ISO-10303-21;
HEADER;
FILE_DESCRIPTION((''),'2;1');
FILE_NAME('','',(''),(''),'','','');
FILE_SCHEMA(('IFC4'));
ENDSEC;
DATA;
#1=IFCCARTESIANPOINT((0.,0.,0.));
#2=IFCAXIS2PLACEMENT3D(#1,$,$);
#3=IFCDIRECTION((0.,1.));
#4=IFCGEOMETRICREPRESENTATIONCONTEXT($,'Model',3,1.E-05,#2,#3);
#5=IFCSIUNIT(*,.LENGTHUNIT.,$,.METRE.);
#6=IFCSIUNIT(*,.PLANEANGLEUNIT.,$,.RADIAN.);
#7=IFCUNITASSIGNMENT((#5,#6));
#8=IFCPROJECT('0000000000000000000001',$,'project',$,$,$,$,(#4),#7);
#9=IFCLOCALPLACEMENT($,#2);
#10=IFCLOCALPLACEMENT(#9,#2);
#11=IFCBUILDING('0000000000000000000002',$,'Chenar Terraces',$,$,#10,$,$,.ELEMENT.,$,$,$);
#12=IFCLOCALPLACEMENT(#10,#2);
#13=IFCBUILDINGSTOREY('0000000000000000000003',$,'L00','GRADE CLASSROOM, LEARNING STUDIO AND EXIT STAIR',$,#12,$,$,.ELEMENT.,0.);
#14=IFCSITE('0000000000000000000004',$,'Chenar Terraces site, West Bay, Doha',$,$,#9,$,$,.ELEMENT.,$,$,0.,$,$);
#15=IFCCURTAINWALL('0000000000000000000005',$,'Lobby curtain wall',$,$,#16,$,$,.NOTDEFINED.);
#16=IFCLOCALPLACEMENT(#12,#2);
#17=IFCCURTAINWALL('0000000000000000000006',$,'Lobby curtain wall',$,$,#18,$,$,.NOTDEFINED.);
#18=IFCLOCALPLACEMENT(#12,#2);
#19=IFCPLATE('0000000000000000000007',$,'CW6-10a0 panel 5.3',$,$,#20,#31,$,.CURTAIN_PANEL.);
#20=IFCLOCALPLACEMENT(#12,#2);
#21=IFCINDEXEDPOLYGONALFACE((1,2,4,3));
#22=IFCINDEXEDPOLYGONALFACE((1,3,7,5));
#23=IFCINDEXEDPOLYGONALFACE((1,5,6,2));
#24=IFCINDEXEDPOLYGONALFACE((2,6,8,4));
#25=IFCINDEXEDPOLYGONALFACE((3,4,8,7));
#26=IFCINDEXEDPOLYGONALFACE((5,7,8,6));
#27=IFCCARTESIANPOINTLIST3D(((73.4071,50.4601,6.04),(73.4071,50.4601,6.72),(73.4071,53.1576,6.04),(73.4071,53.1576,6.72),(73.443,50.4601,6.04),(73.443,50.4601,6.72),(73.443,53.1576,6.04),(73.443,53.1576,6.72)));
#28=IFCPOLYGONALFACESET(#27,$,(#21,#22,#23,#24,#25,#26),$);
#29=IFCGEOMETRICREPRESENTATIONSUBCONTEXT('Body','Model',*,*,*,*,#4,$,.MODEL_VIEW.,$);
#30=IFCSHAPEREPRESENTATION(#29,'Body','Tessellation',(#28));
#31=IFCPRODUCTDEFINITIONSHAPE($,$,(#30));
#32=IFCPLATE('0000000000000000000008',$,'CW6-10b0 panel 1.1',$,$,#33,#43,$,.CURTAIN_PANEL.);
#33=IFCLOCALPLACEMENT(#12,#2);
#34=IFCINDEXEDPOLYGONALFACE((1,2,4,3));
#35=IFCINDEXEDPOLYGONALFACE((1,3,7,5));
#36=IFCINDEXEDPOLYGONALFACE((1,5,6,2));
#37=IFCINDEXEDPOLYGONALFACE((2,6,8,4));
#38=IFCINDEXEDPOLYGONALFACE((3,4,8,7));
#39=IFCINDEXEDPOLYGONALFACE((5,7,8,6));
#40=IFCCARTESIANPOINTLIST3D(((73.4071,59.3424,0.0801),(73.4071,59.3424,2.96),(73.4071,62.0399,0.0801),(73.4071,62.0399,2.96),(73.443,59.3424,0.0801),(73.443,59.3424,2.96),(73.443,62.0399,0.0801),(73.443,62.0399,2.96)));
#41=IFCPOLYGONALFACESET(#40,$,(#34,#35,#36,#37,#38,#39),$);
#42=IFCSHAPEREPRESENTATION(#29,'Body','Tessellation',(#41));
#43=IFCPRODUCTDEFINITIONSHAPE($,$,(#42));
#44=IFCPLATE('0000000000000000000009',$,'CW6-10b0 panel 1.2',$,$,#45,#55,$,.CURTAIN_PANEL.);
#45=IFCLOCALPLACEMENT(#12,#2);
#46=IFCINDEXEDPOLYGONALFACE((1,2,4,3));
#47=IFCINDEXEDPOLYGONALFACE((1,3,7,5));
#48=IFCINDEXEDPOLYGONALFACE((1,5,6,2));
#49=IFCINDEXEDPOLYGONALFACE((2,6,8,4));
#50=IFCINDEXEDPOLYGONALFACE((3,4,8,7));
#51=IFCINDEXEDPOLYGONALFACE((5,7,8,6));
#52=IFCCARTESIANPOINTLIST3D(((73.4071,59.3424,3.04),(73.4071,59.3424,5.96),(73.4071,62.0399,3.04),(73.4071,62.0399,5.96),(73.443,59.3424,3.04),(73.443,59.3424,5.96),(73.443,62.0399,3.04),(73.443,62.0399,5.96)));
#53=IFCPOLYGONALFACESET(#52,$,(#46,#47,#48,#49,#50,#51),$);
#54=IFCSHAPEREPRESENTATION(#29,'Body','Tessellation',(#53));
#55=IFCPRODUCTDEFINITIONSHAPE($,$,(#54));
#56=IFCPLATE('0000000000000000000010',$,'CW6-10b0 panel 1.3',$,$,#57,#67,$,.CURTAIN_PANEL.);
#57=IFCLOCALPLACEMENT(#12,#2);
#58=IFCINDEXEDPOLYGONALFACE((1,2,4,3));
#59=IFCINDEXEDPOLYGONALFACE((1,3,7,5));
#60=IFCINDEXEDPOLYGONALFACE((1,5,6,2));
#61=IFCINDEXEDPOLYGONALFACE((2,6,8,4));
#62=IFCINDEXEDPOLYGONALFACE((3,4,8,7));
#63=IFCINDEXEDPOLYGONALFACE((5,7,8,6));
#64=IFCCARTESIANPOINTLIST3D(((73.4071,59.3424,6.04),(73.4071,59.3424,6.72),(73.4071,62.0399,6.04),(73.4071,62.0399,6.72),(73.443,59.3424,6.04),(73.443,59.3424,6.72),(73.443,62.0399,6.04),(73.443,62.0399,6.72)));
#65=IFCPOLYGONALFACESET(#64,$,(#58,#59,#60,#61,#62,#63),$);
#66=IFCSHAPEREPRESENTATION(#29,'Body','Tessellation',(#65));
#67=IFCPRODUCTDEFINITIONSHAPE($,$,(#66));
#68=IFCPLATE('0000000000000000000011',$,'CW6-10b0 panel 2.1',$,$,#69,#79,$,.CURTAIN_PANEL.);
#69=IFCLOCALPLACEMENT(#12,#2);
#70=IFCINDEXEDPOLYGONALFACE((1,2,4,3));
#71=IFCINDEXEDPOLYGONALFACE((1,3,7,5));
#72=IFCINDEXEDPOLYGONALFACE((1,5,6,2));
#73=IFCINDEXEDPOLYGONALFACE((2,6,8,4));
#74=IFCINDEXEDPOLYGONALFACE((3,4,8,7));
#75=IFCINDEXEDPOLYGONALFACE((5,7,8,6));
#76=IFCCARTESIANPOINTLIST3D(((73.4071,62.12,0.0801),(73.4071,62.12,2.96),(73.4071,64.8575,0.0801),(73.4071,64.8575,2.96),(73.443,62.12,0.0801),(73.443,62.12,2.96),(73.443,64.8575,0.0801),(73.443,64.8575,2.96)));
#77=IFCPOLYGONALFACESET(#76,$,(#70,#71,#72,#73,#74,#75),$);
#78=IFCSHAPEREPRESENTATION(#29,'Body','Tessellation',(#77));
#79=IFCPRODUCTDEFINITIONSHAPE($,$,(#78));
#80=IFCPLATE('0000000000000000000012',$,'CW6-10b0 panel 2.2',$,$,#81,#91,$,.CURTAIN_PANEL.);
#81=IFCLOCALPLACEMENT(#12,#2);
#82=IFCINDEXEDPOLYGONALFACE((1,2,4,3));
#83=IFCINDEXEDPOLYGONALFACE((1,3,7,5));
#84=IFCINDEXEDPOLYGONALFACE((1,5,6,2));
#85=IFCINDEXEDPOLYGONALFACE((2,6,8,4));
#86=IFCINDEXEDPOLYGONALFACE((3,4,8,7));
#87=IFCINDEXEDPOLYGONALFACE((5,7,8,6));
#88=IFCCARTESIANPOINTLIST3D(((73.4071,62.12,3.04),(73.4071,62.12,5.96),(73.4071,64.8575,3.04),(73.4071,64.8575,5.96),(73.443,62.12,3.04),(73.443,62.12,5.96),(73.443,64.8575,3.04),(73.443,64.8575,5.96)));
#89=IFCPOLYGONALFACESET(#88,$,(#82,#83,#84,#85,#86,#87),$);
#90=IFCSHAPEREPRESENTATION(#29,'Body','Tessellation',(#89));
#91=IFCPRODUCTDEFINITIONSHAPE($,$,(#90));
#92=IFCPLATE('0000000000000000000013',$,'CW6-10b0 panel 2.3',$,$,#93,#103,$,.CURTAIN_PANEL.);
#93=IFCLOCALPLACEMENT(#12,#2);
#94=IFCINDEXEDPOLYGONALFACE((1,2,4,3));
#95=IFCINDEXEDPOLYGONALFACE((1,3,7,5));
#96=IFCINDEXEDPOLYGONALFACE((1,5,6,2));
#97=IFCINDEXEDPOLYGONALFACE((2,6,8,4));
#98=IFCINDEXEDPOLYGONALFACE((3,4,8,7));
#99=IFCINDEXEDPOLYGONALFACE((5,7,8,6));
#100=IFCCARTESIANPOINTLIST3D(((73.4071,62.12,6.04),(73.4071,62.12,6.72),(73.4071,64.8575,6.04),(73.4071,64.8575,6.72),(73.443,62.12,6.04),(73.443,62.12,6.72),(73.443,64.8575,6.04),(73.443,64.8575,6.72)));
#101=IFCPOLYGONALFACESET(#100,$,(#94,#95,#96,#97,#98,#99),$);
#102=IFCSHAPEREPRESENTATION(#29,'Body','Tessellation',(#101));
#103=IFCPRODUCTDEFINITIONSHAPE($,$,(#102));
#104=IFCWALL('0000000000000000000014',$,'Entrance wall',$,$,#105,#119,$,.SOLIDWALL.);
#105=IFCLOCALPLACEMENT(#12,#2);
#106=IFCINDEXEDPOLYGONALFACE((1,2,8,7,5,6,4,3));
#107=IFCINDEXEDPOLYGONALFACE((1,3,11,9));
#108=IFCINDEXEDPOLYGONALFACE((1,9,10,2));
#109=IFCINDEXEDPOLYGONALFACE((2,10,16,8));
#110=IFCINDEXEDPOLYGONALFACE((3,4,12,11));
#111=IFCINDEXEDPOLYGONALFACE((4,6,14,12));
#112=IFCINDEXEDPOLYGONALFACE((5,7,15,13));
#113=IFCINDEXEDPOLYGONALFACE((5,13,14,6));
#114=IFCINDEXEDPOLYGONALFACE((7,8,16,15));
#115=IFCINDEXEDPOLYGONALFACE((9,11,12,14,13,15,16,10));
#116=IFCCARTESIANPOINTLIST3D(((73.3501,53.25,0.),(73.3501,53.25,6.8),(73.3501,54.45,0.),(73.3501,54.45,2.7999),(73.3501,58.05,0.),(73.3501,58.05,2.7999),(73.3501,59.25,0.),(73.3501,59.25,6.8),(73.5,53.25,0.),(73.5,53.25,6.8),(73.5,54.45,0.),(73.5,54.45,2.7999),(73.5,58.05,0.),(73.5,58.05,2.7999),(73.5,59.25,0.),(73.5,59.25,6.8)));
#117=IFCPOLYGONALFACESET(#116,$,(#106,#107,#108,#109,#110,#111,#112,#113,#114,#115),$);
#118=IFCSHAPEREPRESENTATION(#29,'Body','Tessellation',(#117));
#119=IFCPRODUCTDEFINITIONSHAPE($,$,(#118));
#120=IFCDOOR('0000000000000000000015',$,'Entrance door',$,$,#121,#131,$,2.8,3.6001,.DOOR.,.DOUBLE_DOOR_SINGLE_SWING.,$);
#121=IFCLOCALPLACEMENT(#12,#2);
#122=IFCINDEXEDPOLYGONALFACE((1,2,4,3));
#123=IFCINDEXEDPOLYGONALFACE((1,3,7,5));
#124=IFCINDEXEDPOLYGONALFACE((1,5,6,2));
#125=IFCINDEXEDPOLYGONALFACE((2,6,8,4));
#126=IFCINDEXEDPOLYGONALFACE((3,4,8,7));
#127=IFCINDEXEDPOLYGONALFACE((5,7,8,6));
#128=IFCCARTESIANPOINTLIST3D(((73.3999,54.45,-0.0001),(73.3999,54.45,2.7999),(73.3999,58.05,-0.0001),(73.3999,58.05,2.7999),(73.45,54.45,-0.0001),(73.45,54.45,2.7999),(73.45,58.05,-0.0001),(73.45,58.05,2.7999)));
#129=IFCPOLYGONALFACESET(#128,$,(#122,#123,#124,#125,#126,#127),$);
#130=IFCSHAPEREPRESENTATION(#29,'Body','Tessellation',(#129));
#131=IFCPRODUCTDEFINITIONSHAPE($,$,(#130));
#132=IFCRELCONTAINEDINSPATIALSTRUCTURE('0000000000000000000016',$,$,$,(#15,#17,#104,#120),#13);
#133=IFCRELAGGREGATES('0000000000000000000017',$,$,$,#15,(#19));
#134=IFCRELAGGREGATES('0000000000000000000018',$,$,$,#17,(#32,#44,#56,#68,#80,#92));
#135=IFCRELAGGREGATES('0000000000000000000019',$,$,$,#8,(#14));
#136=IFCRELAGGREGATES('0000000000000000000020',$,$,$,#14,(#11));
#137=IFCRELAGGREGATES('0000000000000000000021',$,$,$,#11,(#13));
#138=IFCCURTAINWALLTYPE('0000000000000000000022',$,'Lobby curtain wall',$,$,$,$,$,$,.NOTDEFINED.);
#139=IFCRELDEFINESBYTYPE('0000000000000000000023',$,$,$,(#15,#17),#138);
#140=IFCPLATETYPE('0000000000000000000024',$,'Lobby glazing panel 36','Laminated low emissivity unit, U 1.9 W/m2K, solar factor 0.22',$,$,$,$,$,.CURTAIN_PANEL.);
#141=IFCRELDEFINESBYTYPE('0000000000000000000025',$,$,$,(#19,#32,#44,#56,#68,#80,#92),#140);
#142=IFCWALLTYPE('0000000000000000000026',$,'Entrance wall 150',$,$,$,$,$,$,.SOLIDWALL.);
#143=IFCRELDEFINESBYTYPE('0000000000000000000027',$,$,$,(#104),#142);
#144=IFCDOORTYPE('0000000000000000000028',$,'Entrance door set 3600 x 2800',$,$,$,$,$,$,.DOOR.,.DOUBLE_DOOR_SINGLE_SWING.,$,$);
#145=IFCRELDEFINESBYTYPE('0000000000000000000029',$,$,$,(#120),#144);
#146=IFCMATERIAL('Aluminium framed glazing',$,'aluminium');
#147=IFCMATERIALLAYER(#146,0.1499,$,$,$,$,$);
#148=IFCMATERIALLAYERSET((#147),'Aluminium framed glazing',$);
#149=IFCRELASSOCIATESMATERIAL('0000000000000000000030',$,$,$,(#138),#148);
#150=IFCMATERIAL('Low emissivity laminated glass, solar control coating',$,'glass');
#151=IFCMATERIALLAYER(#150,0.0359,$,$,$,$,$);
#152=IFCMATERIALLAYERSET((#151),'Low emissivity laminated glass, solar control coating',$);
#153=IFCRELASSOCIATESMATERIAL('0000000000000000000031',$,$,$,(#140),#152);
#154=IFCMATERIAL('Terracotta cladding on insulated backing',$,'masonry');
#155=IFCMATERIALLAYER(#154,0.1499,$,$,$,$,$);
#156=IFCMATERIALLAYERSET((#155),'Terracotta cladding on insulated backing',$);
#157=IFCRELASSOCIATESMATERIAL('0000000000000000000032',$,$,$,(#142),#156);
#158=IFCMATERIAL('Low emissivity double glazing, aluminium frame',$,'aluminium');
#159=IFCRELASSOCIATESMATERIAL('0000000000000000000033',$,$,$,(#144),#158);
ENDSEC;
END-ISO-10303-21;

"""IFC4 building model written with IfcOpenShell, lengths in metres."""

from ifc_helpers import new_model, si_unit, direction, frame, frame_2d, origin, origin_2d, place, context, subcontext, project, spatial, rectangle, extrude, material, layer, layer_set, type_object, element, fill, aggregate, save


model = new_model("IFC4")

# Units and contexts
model_context = context("Model", 3, precision=1e-05, world=origin(), true_north=direction((0.0, 1.0)))
body_context = subcontext(model_context, "Body", "Model", "MODEL_VIEW")
ifc_project = project(units=[si_unit("LENGTHUNIT", "METRE"), si_unit("PLANEANGLEUNIT", "RADIAN")], contexts=[model_context])

# Site, building, storey
site_placement = place(None, origin())
site = spatial("IfcSite", under=ifc_project, at=site_placement, Name="Chenar Terraces site, West Bay, Doha", CompositionType="ELEMENT", RefElevation=0.0)
building_placement = place(site_placement, origin())
building = spatial("IfcBuilding", under=site, at=building_placement, Name="Chenar Terraces", CompositionType="ELEMENT")
storey_placement = place(building_placement, origin())
storey = spatial("IfcBuildingStorey", under=building, at=storey_placement, Name="L00", Description="GRADE CLASSROOM, LEARNING STUDIO AND EXIT STAIR", CompositionType="ELEMENT", Elevation=0.0)

# Curtain walls
ifc_material_1 = material(Name="Aluminium framed glazing", Category="aluminium")
ifc_layer_1 = layer(ifc_material_1, 0.1499)
ifc_layer_set_1 = layer_set([ifc_layer_1], Name="Aluminium framed glazing")
curtain_wall_type = type_object("IfcCurtainWallType", Name="Lobby curtain wall", PredefinedType="NOTDEFINED", material=ifc_layer_set_1)
placement = place(storey_placement, origin())
curtain_wall_1 = element("IfcCurtainWall", 1, at=placement, inside=storey, type_object=curtain_wall_type, Name="Lobby curtain wall", PredefinedType="NOTDEFINED")
curtain_wall_2 = element("IfcCurtainWall", 2, at=placement, inside=storey, type_object=curtain_wall_type, Name="Lobby curtain wall", PredefinedType="NOTDEFINED")

# Plates
ifc_material_2 = material(Name="Low emissivity laminated glass, solar control coating", Category="glass")
ifc_layer_2 = layer(ifc_material_2, 0.0359)
ifc_layer_set_2 = layer_set([ifc_layer_2], Name="Low emissivity laminated glass, solar control coating")
plate_type = type_object("IfcPlateType", Name="Lobby glazing panel 36", Description="Laminated low emissivity unit, U 1.9 W/m2K, solar factor 0.22", PredefinedType="CURTAIN_PANEL", material=ifc_layer_set_2)
plate_1_placement = place(storey_placement, frame((73.425, 51.8088, 6.04), z_axis=(0.0, 0.0, 1.0), x_axis=(0.0, 1.0, 0.0)))
plate_1 = element("IfcPlate", 3, at=plate_1_placement, type_object=plate_type, Name="CW6-10a0 panel 5.3", PredefinedType="CURTAIN_PANEL", context=body_context, shape_type="SweptSolid", body=[
    extrude(rectangle(XDim=2.6975, YDim=0.0359, at=origin_2d()), origin(), (0.0, 0.0, 1.0), 0.6799),
])
aggregate(curtain_wall_1, [plate_1])
plate_2_placement = place(storey_placement, frame((73.425, 60.6912, 0.0801), z_axis=(0.0, 0.0, 1.0), x_axis=(0.0, 1.0, 0.0)))
plate_2 = element("IfcPlate", 4, at=plate_2_placement, type_object=plate_type, Name="CW6-10b0 panel 1.1", PredefinedType="CURTAIN_PANEL", context=body_context, shape_type="SweptSolid", body=[
    extrude(rectangle(XDim=2.6975, YDim=0.0359, at=origin_2d()), origin(), (0.0, 0.0, 1.0), 2.8799),
])
plate_3_placement = place(storey_placement, frame((73.425, 60.6912, 3.04), z_axis=(0.0, 0.0, 1.0), x_axis=(0.0, 1.0, 0.0)))
plate_3 = element("IfcPlate", 5, at=plate_3_placement, type_object=plate_type, Name="CW6-10b0 panel 1.2", PredefinedType="CURTAIN_PANEL", context=body_context, shape_type="SweptSolid", body=[
    extrude(rectangle(XDim=2.6975, YDim=0.0359, at=origin_2d()), origin(), (0.0, 0.0, 1.0), 2.9199),
])
plate_4_placement = place(storey_placement, frame((73.425, 60.6912, 6.04), z_axis=(0.0, 0.0, 1.0), x_axis=(0.0, 1.0, 0.0)))
plate_4 = element("IfcPlate", 6, at=plate_4_placement, type_object=plate_type, Name="CW6-10b0 panel 1.3", PredefinedType="CURTAIN_PANEL", context=body_context, shape_type="SweptSolid", body=[
    extrude(rectangle(XDim=2.6975, YDim=0.0359, at=origin_2d()), origin(), (0.0, 0.0, 1.0), 0.6799),
])
plate_5_placement = place(storey_placement, frame((73.425, 63.4888, 0.0801), z_axis=(0.0, 0.0, 1.0), x_axis=(0.0, 1.0, 0.0)))
plate_5 = element("IfcPlate", 7, at=plate_5_placement, type_object=plate_type, Name="CW6-10b0 panel 2.1", PredefinedType="CURTAIN_PANEL", context=body_context, shape_type="SweptSolid", body=[
    extrude(rectangle(XDim=2.7375, YDim=0.0359, at=origin_2d()), origin(), (0.0, 0.0, 1.0), 2.8799),
])
plate_6_placement = place(storey_placement, frame((73.425, 63.4888, 3.04), z_axis=(0.0, 0.0, 1.0), x_axis=(0.0, 1.0, 0.0)))
plate_6 = element("IfcPlate", 8, at=plate_6_placement, type_object=plate_type, Name="CW6-10b0 panel 2.2", PredefinedType="CURTAIN_PANEL", context=body_context, shape_type="SweptSolid", body=[
    extrude(rectangle(XDim=2.7375, YDim=0.0359, at=origin_2d()), origin(), (0.0, 0.0, 1.0), 2.9199),
])
plate_7_placement = place(storey_placement, frame((73.425, 63.4888, 6.04), z_axis=(0.0, 0.0, 1.0), x_axis=(0.0, 1.0, 0.0)))
plate_7 = element("IfcPlate", 9, at=plate_7_placement, type_object=plate_type, Name="CW6-10b0 panel 2.3", PredefinedType="CURTAIN_PANEL", context=body_context, shape_type="SweptSolid", body=[
    extrude(rectangle(XDim=2.7375, YDim=0.0359, at=origin_2d()), origin(), (0.0, 0.0, 1.0), 0.6799),
])
aggregate(curtain_wall_2, [plate_2, plate_3, plate_4, plate_5, plate_6, plate_7])

# Wall, opening, door
ifc_material_3 = material(Name="Terracotta cladding on insulated backing", Category="masonry")
ifc_layer_3 = layer(ifc_material_3, 0.1499)
ifc_layer_set_3 = layer_set([ifc_layer_3], Name="Terracotta cladding on insulated backing")
wall_type = type_object("IfcWallType", Name="Entrance wall 150", PredefinedType="SOLIDWALL", material=ifc_layer_set_3)
wall_placement = place(storey_placement, frame((73.425, 53.25, 0.0), z_axis=(0.0, 0.0, 1.0), x_axis=(0.0, 1.0, 0.0)))
wall = element("IfcWall", 10, at=wall_placement, inside=storey, type_object=wall_type, Name="Entrance wall", PredefinedType="SOLIDWALL", context=body_context, shape_type="SweptSolid", body=[
    extrude(rectangle(XDim=6.0, YDim=0.1499, at=frame_2d((3.0, 0.0))), origin(), (0.0, 0.0, 1.0), 6.8),
])
opening_placement = place(wall_placement, frame((1.2, 0.0, 0.0)))
opening = element("IfcOpeningElement", 11, at=opening_placement, cuts=wall, PredefinedType="OPENING", context=body_context, shape_type="SweptSolid", body=[
    extrude(rectangle(XDim=3.6001, YDim=2.8, at=frame_2d((1.8, 1.3999))), frame((0.0, 0.085, 0.0), z_axis=(0.0, -1.0, 0.0), x_axis=(1.0, 0.0, 0.0)), (0.0, 0.0, 1.0), 0.1699),
])
ifc_material_4 = material(Name="Low emissivity double glazing, aluminium frame", Category="aluminium")
door_type = type_object("IfcDoorType", Name="Entrance door set 3600 x 2800", OperationType="DOUBLE_DOOR_SINGLE_SWING", PredefinedType="DOOR", material=ifc_material_4)
door_placement = place(opening_placement, frame((3.6001, 0.0, 0.0), z_axis=(0.0, 0.0, 1.0), x_axis=(-1.0, 0.0, 0.0)))
door = element("IfcDoor", 12, at=door_placement, inside=storey, type_object=door_type, Name="Entrance door", OperationType="DOUBLE_DOOR_SINGLE_SWING", OverallHeight=2.8, OverallWidth=3.6001, PredefinedType="DOOR", context=body_context, shape_type="SweptSolid", body=[
    extrude(rectangle(XDim=3.6001, YDim=2.8, at=frame_2d((1.8, 1.3999))), frame((0.0, 0.0249, 0.0), z_axis=(0.0, -1.0, 0.0), x_axis=(1.0, 0.0, 0.0)), (0.0, 0.0, 1.0), 0.05),
])
fill(opening, door)

save(model, "model.ifc")
